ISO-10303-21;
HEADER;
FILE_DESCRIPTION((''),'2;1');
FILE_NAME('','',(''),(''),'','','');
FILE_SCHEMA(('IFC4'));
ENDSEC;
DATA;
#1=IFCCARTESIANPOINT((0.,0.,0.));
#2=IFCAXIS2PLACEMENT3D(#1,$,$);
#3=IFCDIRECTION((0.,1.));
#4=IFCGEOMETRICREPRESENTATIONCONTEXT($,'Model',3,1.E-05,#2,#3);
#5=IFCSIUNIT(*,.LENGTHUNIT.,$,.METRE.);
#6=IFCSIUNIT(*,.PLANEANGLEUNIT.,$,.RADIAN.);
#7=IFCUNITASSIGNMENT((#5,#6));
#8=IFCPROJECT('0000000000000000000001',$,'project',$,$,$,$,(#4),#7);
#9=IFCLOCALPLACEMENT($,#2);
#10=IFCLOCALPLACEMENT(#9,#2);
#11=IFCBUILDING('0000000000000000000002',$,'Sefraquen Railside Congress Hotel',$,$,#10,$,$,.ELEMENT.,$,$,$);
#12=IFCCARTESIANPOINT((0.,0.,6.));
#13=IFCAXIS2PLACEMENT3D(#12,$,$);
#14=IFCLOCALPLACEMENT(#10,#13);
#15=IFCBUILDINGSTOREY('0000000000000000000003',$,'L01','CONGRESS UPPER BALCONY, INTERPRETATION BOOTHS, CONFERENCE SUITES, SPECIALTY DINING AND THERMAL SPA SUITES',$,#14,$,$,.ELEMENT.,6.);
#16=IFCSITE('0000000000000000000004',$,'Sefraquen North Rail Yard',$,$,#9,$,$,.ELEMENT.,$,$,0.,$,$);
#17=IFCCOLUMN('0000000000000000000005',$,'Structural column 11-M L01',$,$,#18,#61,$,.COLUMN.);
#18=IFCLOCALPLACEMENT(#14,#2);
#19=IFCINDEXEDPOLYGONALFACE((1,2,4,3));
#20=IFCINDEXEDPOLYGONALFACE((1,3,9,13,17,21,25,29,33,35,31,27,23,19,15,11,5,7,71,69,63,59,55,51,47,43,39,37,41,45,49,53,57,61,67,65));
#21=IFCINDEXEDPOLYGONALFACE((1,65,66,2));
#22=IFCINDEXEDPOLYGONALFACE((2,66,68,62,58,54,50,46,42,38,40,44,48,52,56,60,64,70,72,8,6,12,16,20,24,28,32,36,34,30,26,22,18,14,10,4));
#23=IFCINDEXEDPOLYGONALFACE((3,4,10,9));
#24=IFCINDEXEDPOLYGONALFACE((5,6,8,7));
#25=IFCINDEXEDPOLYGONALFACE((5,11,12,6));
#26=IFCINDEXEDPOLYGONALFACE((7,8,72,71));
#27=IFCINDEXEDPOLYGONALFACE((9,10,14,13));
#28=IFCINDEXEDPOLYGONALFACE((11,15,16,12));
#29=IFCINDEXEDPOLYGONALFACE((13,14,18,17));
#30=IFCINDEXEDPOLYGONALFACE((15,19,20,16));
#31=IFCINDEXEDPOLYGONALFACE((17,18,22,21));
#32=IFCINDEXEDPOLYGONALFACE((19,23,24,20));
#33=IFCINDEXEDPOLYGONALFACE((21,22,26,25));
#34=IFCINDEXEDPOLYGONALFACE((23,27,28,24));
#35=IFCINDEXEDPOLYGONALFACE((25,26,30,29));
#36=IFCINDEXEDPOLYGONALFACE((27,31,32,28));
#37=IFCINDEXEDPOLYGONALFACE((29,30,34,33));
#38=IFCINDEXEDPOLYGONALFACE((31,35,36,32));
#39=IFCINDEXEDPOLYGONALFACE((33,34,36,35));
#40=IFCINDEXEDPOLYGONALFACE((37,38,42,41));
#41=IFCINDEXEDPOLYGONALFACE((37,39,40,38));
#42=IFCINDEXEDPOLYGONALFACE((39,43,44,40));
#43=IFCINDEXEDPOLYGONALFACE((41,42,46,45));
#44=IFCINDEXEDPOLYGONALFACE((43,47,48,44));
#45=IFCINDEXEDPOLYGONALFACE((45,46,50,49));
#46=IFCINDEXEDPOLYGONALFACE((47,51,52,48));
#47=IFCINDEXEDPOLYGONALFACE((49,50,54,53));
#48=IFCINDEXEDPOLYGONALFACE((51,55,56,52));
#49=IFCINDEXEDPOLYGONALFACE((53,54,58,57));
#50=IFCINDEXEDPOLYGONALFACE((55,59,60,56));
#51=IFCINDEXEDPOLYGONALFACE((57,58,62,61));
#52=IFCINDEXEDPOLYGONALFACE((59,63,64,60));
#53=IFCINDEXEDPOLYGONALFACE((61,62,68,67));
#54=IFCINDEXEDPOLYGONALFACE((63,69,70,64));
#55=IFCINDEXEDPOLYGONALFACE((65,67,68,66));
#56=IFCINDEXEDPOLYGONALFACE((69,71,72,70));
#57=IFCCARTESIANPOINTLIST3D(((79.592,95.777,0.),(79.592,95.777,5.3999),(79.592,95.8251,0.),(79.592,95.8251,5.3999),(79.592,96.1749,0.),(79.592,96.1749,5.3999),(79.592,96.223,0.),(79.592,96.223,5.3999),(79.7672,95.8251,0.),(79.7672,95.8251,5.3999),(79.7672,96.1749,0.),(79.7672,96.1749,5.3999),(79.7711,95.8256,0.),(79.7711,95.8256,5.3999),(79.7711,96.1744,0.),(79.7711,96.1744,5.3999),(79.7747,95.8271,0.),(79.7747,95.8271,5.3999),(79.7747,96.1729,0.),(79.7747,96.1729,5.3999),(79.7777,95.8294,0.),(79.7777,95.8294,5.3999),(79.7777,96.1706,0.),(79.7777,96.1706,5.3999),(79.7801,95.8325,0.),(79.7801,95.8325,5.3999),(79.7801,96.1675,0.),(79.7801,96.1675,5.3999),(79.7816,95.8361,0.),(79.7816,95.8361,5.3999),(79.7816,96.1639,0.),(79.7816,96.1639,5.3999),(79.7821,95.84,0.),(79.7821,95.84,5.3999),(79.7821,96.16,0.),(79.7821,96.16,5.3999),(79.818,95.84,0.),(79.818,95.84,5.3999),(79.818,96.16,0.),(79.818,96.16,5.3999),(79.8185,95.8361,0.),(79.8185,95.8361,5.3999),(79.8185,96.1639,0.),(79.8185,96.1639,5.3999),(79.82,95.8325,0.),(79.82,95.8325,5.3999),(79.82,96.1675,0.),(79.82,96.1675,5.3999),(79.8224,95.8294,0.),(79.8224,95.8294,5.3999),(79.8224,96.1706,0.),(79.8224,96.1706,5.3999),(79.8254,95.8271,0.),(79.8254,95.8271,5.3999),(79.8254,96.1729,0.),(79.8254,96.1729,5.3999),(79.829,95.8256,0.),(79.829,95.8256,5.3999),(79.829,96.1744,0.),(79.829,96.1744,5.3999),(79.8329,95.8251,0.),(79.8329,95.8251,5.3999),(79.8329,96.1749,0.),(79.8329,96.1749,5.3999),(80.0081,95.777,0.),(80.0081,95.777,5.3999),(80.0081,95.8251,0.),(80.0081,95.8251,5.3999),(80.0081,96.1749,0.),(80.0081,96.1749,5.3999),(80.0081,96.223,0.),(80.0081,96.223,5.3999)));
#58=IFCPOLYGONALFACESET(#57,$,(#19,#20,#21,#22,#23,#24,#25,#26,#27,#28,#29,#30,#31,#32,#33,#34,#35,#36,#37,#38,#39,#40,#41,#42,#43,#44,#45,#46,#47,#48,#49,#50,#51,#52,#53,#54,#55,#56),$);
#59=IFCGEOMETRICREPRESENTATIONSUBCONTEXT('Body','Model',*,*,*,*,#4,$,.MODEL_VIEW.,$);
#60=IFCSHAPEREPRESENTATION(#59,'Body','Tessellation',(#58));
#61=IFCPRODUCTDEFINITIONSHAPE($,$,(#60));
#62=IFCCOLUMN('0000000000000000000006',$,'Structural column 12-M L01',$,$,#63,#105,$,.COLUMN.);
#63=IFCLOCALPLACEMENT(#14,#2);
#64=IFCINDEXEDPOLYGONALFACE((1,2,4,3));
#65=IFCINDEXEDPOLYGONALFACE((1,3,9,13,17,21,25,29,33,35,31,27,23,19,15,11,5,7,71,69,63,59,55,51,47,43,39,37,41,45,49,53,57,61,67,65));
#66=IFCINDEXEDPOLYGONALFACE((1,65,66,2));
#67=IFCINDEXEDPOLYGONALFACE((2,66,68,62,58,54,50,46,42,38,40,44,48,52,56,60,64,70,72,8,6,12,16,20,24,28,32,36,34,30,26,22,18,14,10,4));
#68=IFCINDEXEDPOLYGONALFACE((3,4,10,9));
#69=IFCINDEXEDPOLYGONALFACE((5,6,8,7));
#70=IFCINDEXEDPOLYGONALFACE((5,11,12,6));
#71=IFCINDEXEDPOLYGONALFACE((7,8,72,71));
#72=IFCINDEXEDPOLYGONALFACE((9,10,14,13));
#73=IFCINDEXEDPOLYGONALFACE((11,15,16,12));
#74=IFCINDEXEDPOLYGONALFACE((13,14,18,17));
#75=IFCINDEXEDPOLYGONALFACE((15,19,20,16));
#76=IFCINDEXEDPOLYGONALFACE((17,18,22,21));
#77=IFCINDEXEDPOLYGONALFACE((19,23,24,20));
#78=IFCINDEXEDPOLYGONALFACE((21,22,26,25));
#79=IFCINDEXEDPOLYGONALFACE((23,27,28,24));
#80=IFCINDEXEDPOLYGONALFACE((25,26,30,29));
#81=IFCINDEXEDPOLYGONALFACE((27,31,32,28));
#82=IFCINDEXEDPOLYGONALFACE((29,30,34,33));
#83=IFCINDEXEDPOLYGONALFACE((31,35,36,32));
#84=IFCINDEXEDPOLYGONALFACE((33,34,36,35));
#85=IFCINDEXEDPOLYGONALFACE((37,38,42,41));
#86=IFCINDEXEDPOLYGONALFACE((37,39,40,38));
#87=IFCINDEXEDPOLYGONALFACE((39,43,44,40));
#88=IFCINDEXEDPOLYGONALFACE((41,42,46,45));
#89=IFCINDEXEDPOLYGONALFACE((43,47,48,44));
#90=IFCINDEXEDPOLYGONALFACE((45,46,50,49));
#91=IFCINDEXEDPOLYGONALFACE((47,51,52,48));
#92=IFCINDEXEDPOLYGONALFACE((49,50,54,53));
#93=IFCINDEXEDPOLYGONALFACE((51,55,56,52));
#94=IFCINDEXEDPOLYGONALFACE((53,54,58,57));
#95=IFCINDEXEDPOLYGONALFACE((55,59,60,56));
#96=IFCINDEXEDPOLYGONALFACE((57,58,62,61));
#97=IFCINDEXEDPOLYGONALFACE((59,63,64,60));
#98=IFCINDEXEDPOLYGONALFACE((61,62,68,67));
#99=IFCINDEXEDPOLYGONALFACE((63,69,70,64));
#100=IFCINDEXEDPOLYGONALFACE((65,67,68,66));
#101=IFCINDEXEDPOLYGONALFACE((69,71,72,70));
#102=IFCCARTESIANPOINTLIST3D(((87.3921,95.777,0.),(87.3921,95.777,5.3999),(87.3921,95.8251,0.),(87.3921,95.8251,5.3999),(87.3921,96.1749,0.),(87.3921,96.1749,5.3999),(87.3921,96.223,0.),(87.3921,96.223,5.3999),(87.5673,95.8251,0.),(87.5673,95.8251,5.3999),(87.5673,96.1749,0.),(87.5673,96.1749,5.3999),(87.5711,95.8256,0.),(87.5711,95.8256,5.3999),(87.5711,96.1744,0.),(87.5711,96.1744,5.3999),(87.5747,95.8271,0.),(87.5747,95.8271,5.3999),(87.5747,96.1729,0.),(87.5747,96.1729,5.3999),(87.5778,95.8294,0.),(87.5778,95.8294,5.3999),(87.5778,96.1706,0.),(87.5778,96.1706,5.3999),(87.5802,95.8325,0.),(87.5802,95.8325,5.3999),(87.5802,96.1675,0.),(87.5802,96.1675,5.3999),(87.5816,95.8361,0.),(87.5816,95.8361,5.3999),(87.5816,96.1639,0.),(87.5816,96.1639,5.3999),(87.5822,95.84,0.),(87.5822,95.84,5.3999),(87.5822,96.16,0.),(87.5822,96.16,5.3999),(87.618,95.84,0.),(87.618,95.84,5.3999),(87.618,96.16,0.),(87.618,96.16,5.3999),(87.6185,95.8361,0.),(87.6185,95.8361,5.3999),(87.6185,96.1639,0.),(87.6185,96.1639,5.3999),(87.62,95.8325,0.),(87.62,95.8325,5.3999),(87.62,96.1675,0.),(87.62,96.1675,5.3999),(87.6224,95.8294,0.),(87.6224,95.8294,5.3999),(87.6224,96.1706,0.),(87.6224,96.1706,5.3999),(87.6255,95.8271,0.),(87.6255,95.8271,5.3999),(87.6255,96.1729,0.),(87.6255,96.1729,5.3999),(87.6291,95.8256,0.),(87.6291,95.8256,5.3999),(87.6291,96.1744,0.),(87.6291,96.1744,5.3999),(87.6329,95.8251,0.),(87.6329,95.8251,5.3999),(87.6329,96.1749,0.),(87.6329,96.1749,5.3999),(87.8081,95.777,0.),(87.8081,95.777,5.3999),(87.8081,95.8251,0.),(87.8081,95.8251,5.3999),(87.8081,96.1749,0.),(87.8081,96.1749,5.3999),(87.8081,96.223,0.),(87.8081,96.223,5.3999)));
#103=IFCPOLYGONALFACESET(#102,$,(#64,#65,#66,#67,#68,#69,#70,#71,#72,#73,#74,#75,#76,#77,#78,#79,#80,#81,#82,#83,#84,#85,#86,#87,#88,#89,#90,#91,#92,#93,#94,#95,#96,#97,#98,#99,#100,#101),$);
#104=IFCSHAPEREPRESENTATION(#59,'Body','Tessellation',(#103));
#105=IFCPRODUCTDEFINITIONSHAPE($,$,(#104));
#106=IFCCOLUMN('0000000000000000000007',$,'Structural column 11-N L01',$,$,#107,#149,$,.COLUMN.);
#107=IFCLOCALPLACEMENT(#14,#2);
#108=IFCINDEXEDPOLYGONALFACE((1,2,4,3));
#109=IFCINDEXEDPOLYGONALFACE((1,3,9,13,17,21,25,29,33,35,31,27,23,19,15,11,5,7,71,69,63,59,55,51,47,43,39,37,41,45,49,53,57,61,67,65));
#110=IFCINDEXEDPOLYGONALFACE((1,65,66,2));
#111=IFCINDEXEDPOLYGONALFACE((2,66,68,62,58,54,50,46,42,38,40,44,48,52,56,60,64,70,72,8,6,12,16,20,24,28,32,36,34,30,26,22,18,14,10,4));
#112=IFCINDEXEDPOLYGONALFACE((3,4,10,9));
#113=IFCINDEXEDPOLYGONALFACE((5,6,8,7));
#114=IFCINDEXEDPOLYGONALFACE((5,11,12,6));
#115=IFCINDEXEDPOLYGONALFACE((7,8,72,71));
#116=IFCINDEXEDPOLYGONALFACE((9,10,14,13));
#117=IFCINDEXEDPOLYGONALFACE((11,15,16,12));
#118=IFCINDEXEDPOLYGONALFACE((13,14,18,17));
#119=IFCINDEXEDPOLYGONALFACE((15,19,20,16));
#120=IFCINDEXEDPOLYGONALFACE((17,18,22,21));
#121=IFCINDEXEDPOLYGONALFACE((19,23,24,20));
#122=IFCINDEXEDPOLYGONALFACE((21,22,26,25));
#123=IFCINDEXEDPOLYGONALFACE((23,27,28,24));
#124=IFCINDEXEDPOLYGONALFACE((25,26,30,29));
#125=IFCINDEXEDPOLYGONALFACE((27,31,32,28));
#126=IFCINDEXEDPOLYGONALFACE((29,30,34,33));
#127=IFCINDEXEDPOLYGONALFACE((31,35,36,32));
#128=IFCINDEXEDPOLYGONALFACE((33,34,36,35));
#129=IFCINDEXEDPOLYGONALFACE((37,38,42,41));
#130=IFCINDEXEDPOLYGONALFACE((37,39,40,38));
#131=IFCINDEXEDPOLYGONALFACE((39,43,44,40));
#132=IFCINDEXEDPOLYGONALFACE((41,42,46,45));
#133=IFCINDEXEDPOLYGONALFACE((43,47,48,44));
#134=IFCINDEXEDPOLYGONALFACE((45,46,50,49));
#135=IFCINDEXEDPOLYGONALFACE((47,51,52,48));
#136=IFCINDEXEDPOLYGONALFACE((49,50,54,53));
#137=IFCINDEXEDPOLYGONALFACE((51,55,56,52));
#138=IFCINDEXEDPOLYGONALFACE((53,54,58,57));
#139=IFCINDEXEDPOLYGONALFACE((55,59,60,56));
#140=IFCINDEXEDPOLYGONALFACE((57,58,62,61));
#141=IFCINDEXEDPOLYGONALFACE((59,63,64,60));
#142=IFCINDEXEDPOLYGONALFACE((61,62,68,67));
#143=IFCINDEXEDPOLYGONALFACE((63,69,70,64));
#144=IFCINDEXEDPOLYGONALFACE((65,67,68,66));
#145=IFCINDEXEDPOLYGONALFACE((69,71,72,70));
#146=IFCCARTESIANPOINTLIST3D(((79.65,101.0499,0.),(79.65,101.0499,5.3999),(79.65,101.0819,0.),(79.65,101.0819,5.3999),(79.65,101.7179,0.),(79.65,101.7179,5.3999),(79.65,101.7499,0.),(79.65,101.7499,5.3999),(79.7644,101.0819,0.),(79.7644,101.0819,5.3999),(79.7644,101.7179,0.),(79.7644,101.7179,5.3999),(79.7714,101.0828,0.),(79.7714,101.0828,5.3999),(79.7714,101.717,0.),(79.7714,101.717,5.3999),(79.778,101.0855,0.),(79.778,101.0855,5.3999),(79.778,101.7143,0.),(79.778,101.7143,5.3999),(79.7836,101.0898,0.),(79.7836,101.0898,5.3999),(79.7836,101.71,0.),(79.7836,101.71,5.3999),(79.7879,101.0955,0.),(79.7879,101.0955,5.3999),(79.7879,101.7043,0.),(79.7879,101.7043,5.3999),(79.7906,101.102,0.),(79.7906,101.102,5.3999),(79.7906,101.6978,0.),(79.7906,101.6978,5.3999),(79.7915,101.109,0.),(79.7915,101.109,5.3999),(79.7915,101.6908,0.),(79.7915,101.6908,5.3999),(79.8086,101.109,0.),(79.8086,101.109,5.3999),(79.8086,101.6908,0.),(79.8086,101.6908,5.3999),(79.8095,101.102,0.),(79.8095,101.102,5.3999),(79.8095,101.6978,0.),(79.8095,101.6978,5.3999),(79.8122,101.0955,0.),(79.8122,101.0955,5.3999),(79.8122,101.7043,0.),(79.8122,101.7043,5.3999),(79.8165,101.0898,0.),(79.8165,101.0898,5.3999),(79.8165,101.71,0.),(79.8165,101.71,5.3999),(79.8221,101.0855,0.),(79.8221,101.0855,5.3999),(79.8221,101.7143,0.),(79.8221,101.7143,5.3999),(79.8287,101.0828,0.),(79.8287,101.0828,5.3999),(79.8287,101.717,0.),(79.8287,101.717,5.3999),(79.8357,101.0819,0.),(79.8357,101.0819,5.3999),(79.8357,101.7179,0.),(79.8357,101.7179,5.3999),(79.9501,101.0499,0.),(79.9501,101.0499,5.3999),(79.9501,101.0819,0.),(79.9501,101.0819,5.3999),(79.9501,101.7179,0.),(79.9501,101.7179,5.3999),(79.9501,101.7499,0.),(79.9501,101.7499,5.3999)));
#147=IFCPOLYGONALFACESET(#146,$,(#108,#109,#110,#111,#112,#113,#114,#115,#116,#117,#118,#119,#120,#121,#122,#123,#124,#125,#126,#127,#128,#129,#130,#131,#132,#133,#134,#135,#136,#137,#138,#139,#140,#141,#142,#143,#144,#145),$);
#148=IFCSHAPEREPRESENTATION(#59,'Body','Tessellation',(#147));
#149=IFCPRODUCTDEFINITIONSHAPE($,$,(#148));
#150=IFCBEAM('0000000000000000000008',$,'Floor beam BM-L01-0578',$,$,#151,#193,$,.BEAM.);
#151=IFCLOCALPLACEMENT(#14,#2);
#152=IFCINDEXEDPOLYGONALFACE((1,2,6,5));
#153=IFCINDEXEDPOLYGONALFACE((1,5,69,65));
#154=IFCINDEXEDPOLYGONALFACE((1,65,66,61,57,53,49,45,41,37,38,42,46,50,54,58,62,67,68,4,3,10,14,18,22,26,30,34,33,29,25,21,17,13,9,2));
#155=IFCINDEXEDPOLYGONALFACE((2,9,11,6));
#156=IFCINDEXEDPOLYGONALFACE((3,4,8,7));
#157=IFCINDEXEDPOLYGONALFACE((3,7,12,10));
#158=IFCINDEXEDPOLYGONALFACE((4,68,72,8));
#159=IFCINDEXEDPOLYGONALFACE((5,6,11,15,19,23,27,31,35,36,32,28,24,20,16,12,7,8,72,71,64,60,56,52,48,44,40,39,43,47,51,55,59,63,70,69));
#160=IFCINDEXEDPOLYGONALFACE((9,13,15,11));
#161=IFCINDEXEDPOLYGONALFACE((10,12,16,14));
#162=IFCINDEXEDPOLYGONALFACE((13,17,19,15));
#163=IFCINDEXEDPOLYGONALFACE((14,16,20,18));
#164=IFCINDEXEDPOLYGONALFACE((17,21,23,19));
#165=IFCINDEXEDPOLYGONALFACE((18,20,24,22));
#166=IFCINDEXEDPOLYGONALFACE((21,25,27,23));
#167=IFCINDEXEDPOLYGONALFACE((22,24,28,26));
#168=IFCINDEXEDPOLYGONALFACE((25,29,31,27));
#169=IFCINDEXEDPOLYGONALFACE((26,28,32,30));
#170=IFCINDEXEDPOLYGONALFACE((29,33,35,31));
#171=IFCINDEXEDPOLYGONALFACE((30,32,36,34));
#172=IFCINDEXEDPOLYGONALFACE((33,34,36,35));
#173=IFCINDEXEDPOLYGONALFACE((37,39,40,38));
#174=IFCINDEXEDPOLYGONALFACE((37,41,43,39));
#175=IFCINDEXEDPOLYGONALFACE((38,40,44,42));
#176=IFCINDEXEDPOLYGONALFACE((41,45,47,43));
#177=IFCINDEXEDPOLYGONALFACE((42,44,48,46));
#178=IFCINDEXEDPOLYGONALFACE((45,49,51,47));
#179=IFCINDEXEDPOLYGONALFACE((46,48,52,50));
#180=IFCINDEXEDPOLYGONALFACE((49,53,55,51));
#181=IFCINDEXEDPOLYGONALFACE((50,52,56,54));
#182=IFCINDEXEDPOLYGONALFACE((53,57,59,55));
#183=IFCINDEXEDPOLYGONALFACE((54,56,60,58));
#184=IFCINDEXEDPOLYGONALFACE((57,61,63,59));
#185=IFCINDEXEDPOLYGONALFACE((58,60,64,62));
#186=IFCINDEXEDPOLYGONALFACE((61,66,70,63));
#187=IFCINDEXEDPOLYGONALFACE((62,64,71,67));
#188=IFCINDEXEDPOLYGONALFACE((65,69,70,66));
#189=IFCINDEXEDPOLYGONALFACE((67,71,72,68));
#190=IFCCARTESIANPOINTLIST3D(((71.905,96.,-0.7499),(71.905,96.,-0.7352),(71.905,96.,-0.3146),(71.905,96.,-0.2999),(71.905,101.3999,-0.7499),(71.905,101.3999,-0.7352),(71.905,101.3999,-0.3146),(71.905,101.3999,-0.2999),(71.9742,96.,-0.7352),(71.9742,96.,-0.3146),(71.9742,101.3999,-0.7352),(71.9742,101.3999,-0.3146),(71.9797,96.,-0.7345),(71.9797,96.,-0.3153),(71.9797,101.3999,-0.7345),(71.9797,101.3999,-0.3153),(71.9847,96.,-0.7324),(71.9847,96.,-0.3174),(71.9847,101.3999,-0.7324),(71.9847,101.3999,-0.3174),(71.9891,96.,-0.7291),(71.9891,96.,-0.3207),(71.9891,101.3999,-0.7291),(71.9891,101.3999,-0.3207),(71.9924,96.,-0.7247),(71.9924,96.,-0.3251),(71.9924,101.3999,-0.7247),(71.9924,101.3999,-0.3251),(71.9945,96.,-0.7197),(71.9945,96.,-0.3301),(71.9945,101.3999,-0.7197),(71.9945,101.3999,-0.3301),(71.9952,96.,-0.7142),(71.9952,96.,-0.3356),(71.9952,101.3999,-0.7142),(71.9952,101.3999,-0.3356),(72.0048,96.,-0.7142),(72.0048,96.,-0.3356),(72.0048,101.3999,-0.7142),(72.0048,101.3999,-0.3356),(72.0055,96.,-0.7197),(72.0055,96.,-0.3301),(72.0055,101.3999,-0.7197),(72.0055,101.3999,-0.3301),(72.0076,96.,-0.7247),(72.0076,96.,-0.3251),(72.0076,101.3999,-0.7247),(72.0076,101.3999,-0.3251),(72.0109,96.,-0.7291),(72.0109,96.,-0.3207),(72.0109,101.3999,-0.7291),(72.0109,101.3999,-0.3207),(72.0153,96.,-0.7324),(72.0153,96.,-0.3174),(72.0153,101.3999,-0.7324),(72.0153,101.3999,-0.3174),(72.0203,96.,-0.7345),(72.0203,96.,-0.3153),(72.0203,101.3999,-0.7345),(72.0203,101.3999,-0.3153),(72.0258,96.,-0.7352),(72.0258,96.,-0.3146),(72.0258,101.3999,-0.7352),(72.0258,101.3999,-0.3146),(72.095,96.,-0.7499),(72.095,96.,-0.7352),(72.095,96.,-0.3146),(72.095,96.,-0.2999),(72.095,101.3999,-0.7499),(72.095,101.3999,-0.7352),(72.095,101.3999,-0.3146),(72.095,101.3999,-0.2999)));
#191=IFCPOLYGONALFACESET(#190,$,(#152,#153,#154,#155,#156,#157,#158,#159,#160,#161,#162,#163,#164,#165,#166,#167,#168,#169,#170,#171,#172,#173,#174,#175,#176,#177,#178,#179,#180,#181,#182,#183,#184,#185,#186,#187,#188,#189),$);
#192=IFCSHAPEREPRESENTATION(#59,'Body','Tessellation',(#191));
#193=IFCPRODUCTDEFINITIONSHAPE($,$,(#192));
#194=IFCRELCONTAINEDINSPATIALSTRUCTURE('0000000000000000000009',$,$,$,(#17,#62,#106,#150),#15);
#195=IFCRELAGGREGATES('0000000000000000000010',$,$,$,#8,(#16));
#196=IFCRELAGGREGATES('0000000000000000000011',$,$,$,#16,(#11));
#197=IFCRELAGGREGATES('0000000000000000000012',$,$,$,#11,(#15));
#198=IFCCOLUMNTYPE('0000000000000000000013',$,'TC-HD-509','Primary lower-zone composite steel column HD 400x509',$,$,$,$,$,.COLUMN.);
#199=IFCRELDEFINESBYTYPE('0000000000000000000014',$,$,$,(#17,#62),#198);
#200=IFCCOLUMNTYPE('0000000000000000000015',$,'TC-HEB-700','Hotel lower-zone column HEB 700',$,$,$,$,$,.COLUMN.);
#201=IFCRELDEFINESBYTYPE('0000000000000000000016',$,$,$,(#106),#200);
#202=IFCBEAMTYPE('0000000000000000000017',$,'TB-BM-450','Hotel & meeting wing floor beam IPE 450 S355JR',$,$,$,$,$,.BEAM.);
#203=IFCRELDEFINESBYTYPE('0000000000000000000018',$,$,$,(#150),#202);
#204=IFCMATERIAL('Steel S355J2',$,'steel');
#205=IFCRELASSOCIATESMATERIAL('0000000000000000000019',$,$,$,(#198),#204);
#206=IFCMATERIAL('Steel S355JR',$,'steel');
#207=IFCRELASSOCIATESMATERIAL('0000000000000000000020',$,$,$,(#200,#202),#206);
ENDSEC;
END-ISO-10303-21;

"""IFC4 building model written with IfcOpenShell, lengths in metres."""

from ifc_helpers import new_model, si_unit, direction, frame, origin, origin_2d, place, context, subcontext, project, spatial, i_section, extrude, material, material_profile, profile_set, type_object, element, save


model = new_model("IFC4")

# Units and contexts
model_context = context("Model", 3, precision=1e-05, world=origin(), true_north=direction((0.0, 1.0)))
body_context = subcontext(model_context, "Body", "Model", "MODEL_VIEW")
ifc_project = project(units=[si_unit("LENGTHUNIT", "METRE"), si_unit("PLANEANGLEUNIT", "RADIAN")], contexts=[model_context])

# Site, building, storey
site_placement = place(None, origin())
site = spatial("IfcSite", under=ifc_project, at=site_placement, Name="Sefraquen North Rail Yard", CompositionType="ELEMENT", RefElevation=0.0)
building_placement = place(site_placement, origin())
building = spatial("IfcBuilding", under=site, at=building_placement, Name="Sefraquen Railside Congress Hotel", CompositionType="ELEMENT")
storey_placement = place(building_placement, frame((0.0, 0.0, 6.0)))
storey = spatial("IfcBuildingStorey", under=building, at=storey_placement, Name="L01", Description="CONGRESS UPPER BALCONY, INTERPRETATION BOOTHS, CONFERENCE SUITES, SPECIALTY DINING AND THERMAL SPA SUITES", CompositionType="ELEMENT", Elevation=6.0)

# Columns
ifc_material_1 = material(Name="Steel S355J2", Category="steel")
ifc_material_profile_1 = material_profile(ifc_material_1, i_section(OverallWidth=0.416, OverallDepth=0.446, WebThickness=0.0359, FlangeThickness=0.0481, FilletRadius=0.0149, at=origin_2d()), Name="HD 400x509")
ifc_profile_set_1 = profile_set([ifc_material_profile_1], Name="Steel S355J2")
column_type_1 = type_object("IfcColumnType", Name="TC-HD-509", Description="Primary lower-zone composite steel column HD 400x509", PredefinedType="COLUMN", material=ifc_profile_set_1)
for number, where, z_axis, x_axis, name in (
    (1, (79.8, 96.0, 0.0), (0.0, 0.0, 1.0), (1.0, 0.0, 0.0), "Structural column 11-M L01"),
    (2, (87.6001, 96.0, 0.0), (0.0, 0.0, 1.0), (1.0, 0.0, 0.0), "Structural column 12-M L01"),
):
    element("IfcColumn", number, at=place(storey_placement, frame(where, z_axis=z_axis, x_axis=x_axis)), inside=storey, type_object=column_type_1, Name=name, PredefinedType="COLUMN", context=body_context, shape_type="SweptSolid", body=[
        extrude(i_section(OverallWidth=0.416, OverallDepth=0.446, WebThickness=0.0359, FlangeThickness=0.0481, FilletRadius=0.0149, at=origin_2d()), origin(), (0.0, 0.0, 1.0), 5.3999),
    ])
ifc_material_2 = material(Name="Steel S355JR", Category="steel")
ifc_material_profile_2 = material_profile(ifc_material_2, i_section(OverallWidth=0.3, OverallDepth=0.7, WebThickness=0.0171, FlangeThickness=0.032, FilletRadius=0.0271, at=origin_2d()), Name="HEB 700")
ifc_profile_set_2 = profile_set([ifc_material_profile_2], Name="Steel S355JR")
column_type_2 = type_object("IfcColumnType", Name="TC-HEB-700", Description="Hotel lower-zone column HEB 700", PredefinedType="COLUMN", material=ifc_profile_set_2)
column_placement = place(storey_placement, frame((79.8, 101.3999, 0.0), z_axis=(0.0, 0.0, 1.0), x_axis=(1.0, 0.0, 0.0)))
element("IfcColumn", 3, at=column_placement, inside=storey, type_object=column_type_2, Name="Structural column 11-N L01", PredefinedType="COLUMN", context=body_context, shape_type="SweptSolid", body=[
    extrude(i_section(OverallWidth=0.3, OverallDepth=0.7, WebThickness=0.0171, FlangeThickness=0.032, FilletRadius=0.0271, at=origin_2d()), origin(), (0.0, 0.0, 1.0), 5.3999),
])

# Beam
ifc_material_profile_3 = material_profile(ifc_material_2, i_section(OverallWidth=0.1899, OverallDepth=0.45, WebThickness=0.0095, FlangeThickness=0.0146, FilletRadius=0.021, at=origin_2d()), Name="IPE 450")
ifc_profile_set_3 = profile_set([ifc_material_profile_3], Name="Steel S355JR")
beam_type_1 = type_object("IfcBeamType", Name="TB-BM-450", Description="Hotel & meeting wing floor beam IPE 450 S355JR", PredefinedType="BEAM", material=ifc_profile_set_3)
beam_1_placement = place(storey_placement, frame((72.0, 96.0, -0.5249), z_axis=(0.0, 1.0, 0.0), x_axis=(-1.0, 0.0, 0.0)))
element("IfcBeam", 4, at=beam_1_placement, inside=storey, type_object=beam_type_1, Name="Floor beam BM-L01-0578", PredefinedType="BEAM", context=body_context, shape_type="SweptSolid", body=[
    extrude(i_section(OverallWidth=0.1899, OverallDepth=0.45, WebThickness=0.0095, FlangeThickness=0.0146, FilletRadius=0.021, at=origin_2d()), origin(), (0.0, 0.0, 1.0), 5.3999),
])

save(model, "model.ifc")
